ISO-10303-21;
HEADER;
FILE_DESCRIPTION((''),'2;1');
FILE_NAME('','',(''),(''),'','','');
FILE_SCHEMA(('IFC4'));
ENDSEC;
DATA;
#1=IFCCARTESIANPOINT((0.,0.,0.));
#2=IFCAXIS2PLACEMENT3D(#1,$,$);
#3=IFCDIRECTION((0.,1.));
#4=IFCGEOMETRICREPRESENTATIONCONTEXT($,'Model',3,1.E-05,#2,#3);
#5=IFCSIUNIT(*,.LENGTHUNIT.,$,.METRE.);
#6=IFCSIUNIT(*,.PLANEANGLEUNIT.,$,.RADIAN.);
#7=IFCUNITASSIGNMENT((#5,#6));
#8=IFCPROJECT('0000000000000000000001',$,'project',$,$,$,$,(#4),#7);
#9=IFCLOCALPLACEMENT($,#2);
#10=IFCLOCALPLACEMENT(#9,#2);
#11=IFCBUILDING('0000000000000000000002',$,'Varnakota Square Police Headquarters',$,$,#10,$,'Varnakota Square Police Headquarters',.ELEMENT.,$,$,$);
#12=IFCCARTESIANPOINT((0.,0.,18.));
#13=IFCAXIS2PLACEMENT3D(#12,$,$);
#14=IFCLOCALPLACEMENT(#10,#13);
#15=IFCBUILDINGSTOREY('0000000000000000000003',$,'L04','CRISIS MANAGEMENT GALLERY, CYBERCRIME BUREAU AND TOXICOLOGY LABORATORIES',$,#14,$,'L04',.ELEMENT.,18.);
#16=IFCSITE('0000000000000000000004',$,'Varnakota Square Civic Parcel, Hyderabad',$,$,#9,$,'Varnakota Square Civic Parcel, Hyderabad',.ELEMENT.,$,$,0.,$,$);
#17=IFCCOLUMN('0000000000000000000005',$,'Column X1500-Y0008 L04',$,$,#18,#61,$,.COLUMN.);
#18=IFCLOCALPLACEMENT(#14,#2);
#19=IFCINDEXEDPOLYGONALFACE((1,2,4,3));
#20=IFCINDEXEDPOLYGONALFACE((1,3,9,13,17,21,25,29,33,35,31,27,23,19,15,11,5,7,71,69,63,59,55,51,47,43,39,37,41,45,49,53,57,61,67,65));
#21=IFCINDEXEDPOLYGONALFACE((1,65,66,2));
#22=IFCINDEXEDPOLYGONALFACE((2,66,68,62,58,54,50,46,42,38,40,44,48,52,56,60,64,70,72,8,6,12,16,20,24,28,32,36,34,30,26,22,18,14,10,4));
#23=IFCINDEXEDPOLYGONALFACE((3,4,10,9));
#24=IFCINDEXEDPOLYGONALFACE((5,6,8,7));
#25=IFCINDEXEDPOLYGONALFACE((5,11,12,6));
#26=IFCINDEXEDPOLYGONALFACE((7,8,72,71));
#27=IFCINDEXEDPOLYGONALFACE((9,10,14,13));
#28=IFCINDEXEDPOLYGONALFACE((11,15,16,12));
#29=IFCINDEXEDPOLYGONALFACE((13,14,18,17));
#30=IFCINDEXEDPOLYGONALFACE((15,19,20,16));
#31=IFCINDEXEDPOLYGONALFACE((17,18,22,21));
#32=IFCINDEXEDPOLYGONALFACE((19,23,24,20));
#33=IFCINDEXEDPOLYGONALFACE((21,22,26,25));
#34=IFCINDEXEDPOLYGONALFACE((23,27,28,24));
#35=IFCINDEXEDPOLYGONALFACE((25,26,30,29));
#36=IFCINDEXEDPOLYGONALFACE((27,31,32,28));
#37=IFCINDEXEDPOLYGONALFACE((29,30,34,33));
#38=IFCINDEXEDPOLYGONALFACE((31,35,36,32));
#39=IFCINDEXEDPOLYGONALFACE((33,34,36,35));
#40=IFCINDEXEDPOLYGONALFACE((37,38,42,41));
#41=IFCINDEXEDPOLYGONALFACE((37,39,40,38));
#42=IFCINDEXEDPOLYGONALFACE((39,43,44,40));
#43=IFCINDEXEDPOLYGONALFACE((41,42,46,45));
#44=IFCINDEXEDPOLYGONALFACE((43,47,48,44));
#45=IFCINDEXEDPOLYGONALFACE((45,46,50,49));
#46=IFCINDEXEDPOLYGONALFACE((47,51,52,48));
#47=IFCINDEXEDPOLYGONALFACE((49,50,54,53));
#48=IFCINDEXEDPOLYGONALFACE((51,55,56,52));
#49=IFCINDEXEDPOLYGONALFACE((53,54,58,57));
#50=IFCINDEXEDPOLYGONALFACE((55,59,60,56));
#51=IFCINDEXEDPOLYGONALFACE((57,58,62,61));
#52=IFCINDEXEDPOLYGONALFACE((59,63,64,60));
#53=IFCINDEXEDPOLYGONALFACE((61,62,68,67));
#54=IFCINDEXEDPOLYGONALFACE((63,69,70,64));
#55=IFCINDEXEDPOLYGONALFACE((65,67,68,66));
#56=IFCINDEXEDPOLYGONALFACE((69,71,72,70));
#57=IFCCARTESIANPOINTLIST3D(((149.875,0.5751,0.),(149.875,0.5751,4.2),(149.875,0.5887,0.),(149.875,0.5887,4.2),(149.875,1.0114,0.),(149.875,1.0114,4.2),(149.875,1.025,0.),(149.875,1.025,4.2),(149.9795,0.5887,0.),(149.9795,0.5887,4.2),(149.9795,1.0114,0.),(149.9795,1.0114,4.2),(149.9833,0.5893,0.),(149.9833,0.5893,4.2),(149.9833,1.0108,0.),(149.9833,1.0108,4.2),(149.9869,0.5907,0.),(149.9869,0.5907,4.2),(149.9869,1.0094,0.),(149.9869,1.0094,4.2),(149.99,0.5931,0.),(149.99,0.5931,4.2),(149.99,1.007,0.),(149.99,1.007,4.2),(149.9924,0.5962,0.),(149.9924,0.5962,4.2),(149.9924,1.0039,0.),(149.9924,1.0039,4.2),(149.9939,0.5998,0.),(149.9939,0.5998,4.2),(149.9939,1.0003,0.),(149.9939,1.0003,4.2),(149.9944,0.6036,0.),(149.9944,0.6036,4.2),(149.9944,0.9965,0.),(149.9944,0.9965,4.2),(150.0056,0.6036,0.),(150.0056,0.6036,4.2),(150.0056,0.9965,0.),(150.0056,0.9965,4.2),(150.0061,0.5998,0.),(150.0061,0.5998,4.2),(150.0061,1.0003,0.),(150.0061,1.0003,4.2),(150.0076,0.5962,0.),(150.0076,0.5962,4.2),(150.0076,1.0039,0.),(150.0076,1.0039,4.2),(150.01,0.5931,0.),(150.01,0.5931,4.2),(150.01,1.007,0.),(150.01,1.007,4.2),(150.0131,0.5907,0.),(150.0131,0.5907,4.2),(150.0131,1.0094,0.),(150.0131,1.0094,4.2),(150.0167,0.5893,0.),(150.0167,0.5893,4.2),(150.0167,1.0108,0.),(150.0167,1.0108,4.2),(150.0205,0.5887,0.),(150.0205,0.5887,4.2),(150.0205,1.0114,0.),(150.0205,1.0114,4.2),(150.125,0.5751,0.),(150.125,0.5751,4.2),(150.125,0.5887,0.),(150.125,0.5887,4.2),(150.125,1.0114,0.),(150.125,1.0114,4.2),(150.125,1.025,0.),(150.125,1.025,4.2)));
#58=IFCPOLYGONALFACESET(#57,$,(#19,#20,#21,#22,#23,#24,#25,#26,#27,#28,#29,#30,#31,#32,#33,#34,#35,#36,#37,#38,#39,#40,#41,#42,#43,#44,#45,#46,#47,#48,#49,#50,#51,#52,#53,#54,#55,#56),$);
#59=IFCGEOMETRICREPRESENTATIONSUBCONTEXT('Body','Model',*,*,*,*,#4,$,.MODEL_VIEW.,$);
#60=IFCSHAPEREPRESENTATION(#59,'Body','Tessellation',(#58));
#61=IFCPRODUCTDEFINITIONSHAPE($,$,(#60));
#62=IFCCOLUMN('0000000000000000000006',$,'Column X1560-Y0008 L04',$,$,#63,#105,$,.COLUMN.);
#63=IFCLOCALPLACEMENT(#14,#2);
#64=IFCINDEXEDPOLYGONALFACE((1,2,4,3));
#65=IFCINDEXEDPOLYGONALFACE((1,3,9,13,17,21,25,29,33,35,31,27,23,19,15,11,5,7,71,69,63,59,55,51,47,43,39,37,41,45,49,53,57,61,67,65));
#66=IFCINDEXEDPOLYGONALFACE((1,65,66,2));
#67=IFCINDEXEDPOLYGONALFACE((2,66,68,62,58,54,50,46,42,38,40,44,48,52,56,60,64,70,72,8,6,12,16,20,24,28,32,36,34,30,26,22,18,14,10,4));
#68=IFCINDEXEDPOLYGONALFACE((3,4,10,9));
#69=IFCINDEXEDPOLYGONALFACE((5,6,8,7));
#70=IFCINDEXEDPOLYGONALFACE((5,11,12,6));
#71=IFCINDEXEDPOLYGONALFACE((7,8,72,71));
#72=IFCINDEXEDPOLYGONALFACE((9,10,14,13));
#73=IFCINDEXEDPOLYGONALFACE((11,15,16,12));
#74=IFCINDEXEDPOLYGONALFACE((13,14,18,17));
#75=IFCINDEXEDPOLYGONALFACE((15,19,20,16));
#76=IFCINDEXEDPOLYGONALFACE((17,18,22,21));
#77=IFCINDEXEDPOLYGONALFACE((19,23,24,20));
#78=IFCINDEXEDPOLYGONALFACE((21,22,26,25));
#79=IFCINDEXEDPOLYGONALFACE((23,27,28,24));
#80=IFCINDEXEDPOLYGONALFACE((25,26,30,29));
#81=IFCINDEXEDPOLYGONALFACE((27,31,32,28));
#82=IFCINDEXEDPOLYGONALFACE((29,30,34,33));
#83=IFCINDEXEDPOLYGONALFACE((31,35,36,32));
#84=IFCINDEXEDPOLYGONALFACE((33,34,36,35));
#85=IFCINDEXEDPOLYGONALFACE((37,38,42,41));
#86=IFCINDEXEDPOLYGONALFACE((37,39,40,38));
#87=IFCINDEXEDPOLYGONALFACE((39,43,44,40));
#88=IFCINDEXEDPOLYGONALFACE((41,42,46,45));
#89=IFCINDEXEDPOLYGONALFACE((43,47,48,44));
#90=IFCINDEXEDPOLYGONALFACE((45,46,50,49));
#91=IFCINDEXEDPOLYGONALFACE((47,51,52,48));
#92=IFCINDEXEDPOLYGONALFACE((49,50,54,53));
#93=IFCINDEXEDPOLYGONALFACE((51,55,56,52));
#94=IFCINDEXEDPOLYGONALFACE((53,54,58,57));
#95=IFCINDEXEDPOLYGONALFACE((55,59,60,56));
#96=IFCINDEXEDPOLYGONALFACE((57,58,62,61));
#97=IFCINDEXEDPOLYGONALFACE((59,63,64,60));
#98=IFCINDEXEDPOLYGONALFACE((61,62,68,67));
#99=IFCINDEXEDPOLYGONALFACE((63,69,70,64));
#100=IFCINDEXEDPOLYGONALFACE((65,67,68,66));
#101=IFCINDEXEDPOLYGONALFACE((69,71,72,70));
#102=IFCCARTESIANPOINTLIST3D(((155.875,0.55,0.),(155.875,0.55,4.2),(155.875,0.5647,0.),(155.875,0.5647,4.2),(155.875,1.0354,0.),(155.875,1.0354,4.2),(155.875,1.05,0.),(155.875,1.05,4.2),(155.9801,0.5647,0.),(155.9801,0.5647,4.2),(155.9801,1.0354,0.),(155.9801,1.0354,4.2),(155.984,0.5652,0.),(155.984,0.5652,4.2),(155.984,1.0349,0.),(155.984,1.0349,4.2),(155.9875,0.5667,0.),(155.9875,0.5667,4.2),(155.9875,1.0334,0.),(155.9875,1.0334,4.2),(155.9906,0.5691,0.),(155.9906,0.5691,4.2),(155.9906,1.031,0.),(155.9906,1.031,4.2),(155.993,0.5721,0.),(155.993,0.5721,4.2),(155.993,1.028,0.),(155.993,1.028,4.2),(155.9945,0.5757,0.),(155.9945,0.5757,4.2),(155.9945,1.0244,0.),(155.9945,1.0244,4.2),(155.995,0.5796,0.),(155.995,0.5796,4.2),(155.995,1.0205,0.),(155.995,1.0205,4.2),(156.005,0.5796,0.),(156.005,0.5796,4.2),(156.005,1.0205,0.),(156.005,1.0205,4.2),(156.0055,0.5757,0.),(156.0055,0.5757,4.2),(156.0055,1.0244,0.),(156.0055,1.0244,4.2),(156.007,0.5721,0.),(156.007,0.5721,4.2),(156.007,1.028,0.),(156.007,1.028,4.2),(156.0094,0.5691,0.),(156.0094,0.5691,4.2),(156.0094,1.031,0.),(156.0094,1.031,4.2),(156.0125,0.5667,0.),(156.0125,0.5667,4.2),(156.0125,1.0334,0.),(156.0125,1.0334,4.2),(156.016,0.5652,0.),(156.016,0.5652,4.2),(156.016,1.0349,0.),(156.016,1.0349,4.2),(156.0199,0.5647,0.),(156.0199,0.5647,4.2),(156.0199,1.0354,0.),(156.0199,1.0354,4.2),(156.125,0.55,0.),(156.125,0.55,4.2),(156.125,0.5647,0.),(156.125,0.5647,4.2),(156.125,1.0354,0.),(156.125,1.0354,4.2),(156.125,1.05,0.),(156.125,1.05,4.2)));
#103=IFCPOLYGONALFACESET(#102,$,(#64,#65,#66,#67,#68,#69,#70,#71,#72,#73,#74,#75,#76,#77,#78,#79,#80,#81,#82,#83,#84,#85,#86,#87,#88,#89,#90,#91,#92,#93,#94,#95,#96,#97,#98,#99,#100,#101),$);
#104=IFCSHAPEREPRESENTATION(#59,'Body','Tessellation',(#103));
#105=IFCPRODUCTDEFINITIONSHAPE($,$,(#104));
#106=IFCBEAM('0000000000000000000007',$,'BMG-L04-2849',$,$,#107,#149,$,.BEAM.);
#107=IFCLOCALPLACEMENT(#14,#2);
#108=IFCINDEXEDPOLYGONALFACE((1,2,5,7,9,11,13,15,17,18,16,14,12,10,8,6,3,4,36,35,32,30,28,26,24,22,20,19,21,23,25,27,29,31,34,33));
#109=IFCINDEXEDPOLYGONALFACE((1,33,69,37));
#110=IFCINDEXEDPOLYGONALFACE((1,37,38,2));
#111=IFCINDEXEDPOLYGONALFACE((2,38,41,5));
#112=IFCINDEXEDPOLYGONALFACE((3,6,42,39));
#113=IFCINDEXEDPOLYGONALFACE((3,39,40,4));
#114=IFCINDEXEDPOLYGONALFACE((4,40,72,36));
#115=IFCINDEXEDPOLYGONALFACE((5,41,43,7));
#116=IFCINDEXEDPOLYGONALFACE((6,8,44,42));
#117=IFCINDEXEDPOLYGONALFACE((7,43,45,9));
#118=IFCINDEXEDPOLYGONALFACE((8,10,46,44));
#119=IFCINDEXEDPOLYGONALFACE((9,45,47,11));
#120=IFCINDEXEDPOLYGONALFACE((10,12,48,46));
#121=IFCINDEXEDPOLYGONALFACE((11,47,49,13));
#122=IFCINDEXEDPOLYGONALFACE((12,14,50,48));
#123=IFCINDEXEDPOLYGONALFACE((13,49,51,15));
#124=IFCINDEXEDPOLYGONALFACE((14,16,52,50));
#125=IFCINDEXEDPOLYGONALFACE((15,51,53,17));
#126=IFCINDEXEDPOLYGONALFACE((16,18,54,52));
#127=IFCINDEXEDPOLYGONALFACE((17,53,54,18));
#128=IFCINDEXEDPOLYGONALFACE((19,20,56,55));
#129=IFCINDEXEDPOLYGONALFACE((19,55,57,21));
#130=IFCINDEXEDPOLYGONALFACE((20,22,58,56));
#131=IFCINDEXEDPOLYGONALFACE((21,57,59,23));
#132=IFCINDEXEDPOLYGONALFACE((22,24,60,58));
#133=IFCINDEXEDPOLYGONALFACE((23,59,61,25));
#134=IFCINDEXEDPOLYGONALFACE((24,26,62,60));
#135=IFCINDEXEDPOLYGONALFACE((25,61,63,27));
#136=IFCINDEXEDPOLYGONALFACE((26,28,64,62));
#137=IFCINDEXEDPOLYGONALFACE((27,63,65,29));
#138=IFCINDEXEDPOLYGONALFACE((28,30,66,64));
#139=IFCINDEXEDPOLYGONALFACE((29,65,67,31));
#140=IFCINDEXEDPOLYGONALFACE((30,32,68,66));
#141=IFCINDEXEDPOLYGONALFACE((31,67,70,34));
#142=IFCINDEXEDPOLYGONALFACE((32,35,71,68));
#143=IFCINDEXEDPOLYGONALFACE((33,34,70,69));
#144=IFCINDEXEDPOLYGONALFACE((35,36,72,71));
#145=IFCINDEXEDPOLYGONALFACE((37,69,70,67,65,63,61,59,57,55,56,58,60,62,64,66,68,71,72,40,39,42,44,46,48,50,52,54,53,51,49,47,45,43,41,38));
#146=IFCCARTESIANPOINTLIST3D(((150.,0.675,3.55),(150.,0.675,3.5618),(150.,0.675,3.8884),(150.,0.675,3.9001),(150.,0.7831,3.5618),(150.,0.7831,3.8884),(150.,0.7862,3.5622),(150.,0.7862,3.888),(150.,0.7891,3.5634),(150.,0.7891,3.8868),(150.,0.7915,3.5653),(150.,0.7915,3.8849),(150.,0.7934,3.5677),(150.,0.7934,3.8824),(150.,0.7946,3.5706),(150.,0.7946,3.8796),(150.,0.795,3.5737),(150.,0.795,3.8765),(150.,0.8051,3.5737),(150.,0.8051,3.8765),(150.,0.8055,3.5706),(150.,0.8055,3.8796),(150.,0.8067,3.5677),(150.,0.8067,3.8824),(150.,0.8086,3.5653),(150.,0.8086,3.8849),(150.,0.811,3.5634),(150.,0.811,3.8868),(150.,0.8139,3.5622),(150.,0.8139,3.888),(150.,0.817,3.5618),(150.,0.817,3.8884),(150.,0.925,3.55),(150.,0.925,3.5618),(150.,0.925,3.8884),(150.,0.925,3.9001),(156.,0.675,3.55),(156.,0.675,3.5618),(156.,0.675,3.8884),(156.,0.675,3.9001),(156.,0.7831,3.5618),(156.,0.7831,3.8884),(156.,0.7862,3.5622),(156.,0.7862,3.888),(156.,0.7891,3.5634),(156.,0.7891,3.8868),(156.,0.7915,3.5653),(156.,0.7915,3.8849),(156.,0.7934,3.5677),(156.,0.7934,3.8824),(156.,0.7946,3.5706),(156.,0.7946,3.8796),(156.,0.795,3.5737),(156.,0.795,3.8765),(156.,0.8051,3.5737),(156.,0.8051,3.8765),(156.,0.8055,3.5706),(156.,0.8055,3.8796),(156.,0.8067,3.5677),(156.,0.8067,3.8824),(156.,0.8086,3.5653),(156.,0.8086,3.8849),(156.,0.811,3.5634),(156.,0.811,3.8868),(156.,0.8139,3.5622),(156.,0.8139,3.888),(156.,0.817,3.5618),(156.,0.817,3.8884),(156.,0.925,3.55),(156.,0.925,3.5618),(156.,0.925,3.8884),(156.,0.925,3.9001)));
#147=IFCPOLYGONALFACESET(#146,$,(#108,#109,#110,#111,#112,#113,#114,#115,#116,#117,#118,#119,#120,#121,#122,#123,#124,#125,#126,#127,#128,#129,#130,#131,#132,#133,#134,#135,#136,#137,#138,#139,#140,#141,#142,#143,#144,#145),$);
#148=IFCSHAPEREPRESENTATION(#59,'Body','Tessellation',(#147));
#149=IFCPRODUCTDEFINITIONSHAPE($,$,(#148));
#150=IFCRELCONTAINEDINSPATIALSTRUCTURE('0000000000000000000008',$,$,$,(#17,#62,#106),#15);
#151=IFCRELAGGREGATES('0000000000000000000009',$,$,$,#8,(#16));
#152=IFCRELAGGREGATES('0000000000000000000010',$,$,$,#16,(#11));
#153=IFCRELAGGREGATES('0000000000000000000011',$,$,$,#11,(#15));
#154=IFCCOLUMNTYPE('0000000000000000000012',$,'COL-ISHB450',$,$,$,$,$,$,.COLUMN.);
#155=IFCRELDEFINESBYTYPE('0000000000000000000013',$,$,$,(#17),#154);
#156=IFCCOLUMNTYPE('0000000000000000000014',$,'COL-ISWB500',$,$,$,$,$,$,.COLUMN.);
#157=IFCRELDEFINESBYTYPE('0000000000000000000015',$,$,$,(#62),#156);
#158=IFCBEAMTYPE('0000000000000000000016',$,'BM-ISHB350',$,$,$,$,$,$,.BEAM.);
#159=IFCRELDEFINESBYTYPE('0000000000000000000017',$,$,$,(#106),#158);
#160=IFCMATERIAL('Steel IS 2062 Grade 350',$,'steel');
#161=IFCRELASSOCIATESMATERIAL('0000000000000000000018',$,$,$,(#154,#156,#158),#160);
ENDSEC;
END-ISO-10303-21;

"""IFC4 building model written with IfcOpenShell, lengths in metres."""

from ifc_helpers import new_model, si_unit, direction, frame, origin, origin_2d, place, context, subcontext, project, spatial, i_section, extrude, material, material_profile, profile_set, type_object, element, save


model = new_model("IFC4")

# Units and contexts
model_context = context("Model", 3, precision=1e-05, world=origin(), true_north=direction((0.0, 1.0)))
body_context = subcontext(model_context, "Body", "Model", "MODEL_VIEW")
ifc_project = project(units=[si_unit("LENGTHUNIT", "METRE"), si_unit("PLANEANGLEUNIT", "RADIAN")], contexts=[model_context])

# Site, building, storey
site_placement = place(None, origin())
site = spatial("IfcSite", under=ifc_project, at=site_placement, Name="Varnakota Square Civic Parcel, Hyderabad", LongName="Varnakota Square Civic Parcel, Hyderabad", CompositionType="ELEMENT", RefElevation=0.0)
building_placement = place(site_placement, origin())
building = spatial("IfcBuilding", under=site, at=building_placement, Name="Varnakota Square Police Headquarters", LongName="Varnakota Square Police Headquarters", CompositionType="ELEMENT")
storey_placement = place(building_placement, frame((0.0, 0.0, 18.0)))
storey = spatial("IfcBuildingStorey", under=building, at=storey_placement, Name="L04", Description="CRISIS MANAGEMENT GALLERY, CYBERCRIME BUREAU AND TOXICOLOGY LABORATORIES", LongName="L04", CompositionType="ELEMENT", Elevation=18.0)

# Columns
ifc_material_1 = material(Name="Steel IS 2062 Grade 350", Category="steel")
ifc_material_profile_1 = material_profile(ifc_material_1, i_section(OverallWidth=0.25, OverallDepth=0.45, WebThickness=0.0112, FlangeThickness=0.0137, FilletRadius=0.0149, at=origin_2d()), Name="ISHB 450")
ifc_profile_set_1 = profile_set([ifc_material_profile_1], Name="Steel IS 2062 Grade 350")
column_type_1 = type_object("IfcColumnType", Name="COL-ISHB450", PredefinedType="COLUMN", material=ifc_profile_set_1)
column_1_placement = place(storey_placement, frame((150.0, 0.8, 0.0), z_axis=(0.0, 0.0, 1.0), x_axis=(1.0, 0.0, 0.0)))
element("IfcColumn", 1, at=column_1_placement, inside=storey, type_object=column_type_1, Name="Column X1500-Y0008 L04", PredefinedType="COLUMN", context=body_context, shape_type="SweptSolid", body=[
    extrude(i_section(OverallWidth=0.25, OverallDepth=0.45, WebThickness=0.0112, FlangeThickness=0.0137, FilletRadius=0.0149, at=origin_2d()), origin(), (0.0, 0.0, 1.0), 4.2),
])
ifc_material_profile_2 = material_profile(ifc_material_1, i_section(OverallWidth=0.25, OverallDepth=0.5, WebThickness=0.01, FlangeThickness=0.0146, FilletRadius=0.0149, at=origin_2d()), Name="ISWB 500")
ifc_profile_set_2 = profile_set([ifc_material_profile_2], Name="Steel IS 2062 Grade 350")
column_type_2 = type_object("IfcColumnType", Name="COL-ISWB500", PredefinedType="COLUMN", material=ifc_profile_set_2)
column_2_placement = place(storey_placement, frame((156.0, 0.8, 0.0), z_axis=(0.0, 0.0, 1.0), x_axis=(1.0, 0.0, 0.0)))
element("IfcColumn", 2, at=column_2_placement, inside=storey, type_object=column_type_2, Name="Column X1560-Y0008 L04", PredefinedType="COLUMN", context=body_context, shape_type="SweptSolid", body=[
    extrude(i_section(OverallWidth=0.25, OverallDepth=0.5, WebThickness=0.01, FlangeThickness=0.0146, FilletRadius=0.0149, at=origin_2d()), origin(), (0.0, 0.0, 1.0), 4.2),
])

# Beam
ifc_material_profile_3 = material_profile(ifc_material_1, i_section(OverallWidth=0.25, OverallDepth=0.3501, WebThickness=0.01, FlangeThickness=0.0117, FilletRadius=0.012, at=origin_2d()), Name="ISHB 350")
ifc_profile_set_3 = profile_set([ifc_material_profile_3], Name="Steel IS 2062 Grade 350")
beam_type_1 = type_object("IfcBeamType", Name="BM-ISHB350", PredefinedType="BEAM", material=ifc_profile_set_3)
beam_placement = place(storey_placement, frame((150.0, 0.8, 3.7251), z_axis=(1.0, 0.0, 0.0), x_axis=(0.0, 1.0, 0.0)))
element("IfcBeam", 3, at=beam_placement, inside=storey, type_object=beam_type_1, Name="BMG-L04-2849", PredefinedType="BEAM", context=body_context, shape_type="SweptSolid", body=[
    extrude(i_section(OverallWidth=0.25, OverallDepth=0.3501, WebThickness=0.01, FlangeThickness=0.0117, FilletRadius=0.012, at=origin_2d()), origin(), (0.0, 0.0, 1.0), 6.0),
])

save(model, "model.ifc")
